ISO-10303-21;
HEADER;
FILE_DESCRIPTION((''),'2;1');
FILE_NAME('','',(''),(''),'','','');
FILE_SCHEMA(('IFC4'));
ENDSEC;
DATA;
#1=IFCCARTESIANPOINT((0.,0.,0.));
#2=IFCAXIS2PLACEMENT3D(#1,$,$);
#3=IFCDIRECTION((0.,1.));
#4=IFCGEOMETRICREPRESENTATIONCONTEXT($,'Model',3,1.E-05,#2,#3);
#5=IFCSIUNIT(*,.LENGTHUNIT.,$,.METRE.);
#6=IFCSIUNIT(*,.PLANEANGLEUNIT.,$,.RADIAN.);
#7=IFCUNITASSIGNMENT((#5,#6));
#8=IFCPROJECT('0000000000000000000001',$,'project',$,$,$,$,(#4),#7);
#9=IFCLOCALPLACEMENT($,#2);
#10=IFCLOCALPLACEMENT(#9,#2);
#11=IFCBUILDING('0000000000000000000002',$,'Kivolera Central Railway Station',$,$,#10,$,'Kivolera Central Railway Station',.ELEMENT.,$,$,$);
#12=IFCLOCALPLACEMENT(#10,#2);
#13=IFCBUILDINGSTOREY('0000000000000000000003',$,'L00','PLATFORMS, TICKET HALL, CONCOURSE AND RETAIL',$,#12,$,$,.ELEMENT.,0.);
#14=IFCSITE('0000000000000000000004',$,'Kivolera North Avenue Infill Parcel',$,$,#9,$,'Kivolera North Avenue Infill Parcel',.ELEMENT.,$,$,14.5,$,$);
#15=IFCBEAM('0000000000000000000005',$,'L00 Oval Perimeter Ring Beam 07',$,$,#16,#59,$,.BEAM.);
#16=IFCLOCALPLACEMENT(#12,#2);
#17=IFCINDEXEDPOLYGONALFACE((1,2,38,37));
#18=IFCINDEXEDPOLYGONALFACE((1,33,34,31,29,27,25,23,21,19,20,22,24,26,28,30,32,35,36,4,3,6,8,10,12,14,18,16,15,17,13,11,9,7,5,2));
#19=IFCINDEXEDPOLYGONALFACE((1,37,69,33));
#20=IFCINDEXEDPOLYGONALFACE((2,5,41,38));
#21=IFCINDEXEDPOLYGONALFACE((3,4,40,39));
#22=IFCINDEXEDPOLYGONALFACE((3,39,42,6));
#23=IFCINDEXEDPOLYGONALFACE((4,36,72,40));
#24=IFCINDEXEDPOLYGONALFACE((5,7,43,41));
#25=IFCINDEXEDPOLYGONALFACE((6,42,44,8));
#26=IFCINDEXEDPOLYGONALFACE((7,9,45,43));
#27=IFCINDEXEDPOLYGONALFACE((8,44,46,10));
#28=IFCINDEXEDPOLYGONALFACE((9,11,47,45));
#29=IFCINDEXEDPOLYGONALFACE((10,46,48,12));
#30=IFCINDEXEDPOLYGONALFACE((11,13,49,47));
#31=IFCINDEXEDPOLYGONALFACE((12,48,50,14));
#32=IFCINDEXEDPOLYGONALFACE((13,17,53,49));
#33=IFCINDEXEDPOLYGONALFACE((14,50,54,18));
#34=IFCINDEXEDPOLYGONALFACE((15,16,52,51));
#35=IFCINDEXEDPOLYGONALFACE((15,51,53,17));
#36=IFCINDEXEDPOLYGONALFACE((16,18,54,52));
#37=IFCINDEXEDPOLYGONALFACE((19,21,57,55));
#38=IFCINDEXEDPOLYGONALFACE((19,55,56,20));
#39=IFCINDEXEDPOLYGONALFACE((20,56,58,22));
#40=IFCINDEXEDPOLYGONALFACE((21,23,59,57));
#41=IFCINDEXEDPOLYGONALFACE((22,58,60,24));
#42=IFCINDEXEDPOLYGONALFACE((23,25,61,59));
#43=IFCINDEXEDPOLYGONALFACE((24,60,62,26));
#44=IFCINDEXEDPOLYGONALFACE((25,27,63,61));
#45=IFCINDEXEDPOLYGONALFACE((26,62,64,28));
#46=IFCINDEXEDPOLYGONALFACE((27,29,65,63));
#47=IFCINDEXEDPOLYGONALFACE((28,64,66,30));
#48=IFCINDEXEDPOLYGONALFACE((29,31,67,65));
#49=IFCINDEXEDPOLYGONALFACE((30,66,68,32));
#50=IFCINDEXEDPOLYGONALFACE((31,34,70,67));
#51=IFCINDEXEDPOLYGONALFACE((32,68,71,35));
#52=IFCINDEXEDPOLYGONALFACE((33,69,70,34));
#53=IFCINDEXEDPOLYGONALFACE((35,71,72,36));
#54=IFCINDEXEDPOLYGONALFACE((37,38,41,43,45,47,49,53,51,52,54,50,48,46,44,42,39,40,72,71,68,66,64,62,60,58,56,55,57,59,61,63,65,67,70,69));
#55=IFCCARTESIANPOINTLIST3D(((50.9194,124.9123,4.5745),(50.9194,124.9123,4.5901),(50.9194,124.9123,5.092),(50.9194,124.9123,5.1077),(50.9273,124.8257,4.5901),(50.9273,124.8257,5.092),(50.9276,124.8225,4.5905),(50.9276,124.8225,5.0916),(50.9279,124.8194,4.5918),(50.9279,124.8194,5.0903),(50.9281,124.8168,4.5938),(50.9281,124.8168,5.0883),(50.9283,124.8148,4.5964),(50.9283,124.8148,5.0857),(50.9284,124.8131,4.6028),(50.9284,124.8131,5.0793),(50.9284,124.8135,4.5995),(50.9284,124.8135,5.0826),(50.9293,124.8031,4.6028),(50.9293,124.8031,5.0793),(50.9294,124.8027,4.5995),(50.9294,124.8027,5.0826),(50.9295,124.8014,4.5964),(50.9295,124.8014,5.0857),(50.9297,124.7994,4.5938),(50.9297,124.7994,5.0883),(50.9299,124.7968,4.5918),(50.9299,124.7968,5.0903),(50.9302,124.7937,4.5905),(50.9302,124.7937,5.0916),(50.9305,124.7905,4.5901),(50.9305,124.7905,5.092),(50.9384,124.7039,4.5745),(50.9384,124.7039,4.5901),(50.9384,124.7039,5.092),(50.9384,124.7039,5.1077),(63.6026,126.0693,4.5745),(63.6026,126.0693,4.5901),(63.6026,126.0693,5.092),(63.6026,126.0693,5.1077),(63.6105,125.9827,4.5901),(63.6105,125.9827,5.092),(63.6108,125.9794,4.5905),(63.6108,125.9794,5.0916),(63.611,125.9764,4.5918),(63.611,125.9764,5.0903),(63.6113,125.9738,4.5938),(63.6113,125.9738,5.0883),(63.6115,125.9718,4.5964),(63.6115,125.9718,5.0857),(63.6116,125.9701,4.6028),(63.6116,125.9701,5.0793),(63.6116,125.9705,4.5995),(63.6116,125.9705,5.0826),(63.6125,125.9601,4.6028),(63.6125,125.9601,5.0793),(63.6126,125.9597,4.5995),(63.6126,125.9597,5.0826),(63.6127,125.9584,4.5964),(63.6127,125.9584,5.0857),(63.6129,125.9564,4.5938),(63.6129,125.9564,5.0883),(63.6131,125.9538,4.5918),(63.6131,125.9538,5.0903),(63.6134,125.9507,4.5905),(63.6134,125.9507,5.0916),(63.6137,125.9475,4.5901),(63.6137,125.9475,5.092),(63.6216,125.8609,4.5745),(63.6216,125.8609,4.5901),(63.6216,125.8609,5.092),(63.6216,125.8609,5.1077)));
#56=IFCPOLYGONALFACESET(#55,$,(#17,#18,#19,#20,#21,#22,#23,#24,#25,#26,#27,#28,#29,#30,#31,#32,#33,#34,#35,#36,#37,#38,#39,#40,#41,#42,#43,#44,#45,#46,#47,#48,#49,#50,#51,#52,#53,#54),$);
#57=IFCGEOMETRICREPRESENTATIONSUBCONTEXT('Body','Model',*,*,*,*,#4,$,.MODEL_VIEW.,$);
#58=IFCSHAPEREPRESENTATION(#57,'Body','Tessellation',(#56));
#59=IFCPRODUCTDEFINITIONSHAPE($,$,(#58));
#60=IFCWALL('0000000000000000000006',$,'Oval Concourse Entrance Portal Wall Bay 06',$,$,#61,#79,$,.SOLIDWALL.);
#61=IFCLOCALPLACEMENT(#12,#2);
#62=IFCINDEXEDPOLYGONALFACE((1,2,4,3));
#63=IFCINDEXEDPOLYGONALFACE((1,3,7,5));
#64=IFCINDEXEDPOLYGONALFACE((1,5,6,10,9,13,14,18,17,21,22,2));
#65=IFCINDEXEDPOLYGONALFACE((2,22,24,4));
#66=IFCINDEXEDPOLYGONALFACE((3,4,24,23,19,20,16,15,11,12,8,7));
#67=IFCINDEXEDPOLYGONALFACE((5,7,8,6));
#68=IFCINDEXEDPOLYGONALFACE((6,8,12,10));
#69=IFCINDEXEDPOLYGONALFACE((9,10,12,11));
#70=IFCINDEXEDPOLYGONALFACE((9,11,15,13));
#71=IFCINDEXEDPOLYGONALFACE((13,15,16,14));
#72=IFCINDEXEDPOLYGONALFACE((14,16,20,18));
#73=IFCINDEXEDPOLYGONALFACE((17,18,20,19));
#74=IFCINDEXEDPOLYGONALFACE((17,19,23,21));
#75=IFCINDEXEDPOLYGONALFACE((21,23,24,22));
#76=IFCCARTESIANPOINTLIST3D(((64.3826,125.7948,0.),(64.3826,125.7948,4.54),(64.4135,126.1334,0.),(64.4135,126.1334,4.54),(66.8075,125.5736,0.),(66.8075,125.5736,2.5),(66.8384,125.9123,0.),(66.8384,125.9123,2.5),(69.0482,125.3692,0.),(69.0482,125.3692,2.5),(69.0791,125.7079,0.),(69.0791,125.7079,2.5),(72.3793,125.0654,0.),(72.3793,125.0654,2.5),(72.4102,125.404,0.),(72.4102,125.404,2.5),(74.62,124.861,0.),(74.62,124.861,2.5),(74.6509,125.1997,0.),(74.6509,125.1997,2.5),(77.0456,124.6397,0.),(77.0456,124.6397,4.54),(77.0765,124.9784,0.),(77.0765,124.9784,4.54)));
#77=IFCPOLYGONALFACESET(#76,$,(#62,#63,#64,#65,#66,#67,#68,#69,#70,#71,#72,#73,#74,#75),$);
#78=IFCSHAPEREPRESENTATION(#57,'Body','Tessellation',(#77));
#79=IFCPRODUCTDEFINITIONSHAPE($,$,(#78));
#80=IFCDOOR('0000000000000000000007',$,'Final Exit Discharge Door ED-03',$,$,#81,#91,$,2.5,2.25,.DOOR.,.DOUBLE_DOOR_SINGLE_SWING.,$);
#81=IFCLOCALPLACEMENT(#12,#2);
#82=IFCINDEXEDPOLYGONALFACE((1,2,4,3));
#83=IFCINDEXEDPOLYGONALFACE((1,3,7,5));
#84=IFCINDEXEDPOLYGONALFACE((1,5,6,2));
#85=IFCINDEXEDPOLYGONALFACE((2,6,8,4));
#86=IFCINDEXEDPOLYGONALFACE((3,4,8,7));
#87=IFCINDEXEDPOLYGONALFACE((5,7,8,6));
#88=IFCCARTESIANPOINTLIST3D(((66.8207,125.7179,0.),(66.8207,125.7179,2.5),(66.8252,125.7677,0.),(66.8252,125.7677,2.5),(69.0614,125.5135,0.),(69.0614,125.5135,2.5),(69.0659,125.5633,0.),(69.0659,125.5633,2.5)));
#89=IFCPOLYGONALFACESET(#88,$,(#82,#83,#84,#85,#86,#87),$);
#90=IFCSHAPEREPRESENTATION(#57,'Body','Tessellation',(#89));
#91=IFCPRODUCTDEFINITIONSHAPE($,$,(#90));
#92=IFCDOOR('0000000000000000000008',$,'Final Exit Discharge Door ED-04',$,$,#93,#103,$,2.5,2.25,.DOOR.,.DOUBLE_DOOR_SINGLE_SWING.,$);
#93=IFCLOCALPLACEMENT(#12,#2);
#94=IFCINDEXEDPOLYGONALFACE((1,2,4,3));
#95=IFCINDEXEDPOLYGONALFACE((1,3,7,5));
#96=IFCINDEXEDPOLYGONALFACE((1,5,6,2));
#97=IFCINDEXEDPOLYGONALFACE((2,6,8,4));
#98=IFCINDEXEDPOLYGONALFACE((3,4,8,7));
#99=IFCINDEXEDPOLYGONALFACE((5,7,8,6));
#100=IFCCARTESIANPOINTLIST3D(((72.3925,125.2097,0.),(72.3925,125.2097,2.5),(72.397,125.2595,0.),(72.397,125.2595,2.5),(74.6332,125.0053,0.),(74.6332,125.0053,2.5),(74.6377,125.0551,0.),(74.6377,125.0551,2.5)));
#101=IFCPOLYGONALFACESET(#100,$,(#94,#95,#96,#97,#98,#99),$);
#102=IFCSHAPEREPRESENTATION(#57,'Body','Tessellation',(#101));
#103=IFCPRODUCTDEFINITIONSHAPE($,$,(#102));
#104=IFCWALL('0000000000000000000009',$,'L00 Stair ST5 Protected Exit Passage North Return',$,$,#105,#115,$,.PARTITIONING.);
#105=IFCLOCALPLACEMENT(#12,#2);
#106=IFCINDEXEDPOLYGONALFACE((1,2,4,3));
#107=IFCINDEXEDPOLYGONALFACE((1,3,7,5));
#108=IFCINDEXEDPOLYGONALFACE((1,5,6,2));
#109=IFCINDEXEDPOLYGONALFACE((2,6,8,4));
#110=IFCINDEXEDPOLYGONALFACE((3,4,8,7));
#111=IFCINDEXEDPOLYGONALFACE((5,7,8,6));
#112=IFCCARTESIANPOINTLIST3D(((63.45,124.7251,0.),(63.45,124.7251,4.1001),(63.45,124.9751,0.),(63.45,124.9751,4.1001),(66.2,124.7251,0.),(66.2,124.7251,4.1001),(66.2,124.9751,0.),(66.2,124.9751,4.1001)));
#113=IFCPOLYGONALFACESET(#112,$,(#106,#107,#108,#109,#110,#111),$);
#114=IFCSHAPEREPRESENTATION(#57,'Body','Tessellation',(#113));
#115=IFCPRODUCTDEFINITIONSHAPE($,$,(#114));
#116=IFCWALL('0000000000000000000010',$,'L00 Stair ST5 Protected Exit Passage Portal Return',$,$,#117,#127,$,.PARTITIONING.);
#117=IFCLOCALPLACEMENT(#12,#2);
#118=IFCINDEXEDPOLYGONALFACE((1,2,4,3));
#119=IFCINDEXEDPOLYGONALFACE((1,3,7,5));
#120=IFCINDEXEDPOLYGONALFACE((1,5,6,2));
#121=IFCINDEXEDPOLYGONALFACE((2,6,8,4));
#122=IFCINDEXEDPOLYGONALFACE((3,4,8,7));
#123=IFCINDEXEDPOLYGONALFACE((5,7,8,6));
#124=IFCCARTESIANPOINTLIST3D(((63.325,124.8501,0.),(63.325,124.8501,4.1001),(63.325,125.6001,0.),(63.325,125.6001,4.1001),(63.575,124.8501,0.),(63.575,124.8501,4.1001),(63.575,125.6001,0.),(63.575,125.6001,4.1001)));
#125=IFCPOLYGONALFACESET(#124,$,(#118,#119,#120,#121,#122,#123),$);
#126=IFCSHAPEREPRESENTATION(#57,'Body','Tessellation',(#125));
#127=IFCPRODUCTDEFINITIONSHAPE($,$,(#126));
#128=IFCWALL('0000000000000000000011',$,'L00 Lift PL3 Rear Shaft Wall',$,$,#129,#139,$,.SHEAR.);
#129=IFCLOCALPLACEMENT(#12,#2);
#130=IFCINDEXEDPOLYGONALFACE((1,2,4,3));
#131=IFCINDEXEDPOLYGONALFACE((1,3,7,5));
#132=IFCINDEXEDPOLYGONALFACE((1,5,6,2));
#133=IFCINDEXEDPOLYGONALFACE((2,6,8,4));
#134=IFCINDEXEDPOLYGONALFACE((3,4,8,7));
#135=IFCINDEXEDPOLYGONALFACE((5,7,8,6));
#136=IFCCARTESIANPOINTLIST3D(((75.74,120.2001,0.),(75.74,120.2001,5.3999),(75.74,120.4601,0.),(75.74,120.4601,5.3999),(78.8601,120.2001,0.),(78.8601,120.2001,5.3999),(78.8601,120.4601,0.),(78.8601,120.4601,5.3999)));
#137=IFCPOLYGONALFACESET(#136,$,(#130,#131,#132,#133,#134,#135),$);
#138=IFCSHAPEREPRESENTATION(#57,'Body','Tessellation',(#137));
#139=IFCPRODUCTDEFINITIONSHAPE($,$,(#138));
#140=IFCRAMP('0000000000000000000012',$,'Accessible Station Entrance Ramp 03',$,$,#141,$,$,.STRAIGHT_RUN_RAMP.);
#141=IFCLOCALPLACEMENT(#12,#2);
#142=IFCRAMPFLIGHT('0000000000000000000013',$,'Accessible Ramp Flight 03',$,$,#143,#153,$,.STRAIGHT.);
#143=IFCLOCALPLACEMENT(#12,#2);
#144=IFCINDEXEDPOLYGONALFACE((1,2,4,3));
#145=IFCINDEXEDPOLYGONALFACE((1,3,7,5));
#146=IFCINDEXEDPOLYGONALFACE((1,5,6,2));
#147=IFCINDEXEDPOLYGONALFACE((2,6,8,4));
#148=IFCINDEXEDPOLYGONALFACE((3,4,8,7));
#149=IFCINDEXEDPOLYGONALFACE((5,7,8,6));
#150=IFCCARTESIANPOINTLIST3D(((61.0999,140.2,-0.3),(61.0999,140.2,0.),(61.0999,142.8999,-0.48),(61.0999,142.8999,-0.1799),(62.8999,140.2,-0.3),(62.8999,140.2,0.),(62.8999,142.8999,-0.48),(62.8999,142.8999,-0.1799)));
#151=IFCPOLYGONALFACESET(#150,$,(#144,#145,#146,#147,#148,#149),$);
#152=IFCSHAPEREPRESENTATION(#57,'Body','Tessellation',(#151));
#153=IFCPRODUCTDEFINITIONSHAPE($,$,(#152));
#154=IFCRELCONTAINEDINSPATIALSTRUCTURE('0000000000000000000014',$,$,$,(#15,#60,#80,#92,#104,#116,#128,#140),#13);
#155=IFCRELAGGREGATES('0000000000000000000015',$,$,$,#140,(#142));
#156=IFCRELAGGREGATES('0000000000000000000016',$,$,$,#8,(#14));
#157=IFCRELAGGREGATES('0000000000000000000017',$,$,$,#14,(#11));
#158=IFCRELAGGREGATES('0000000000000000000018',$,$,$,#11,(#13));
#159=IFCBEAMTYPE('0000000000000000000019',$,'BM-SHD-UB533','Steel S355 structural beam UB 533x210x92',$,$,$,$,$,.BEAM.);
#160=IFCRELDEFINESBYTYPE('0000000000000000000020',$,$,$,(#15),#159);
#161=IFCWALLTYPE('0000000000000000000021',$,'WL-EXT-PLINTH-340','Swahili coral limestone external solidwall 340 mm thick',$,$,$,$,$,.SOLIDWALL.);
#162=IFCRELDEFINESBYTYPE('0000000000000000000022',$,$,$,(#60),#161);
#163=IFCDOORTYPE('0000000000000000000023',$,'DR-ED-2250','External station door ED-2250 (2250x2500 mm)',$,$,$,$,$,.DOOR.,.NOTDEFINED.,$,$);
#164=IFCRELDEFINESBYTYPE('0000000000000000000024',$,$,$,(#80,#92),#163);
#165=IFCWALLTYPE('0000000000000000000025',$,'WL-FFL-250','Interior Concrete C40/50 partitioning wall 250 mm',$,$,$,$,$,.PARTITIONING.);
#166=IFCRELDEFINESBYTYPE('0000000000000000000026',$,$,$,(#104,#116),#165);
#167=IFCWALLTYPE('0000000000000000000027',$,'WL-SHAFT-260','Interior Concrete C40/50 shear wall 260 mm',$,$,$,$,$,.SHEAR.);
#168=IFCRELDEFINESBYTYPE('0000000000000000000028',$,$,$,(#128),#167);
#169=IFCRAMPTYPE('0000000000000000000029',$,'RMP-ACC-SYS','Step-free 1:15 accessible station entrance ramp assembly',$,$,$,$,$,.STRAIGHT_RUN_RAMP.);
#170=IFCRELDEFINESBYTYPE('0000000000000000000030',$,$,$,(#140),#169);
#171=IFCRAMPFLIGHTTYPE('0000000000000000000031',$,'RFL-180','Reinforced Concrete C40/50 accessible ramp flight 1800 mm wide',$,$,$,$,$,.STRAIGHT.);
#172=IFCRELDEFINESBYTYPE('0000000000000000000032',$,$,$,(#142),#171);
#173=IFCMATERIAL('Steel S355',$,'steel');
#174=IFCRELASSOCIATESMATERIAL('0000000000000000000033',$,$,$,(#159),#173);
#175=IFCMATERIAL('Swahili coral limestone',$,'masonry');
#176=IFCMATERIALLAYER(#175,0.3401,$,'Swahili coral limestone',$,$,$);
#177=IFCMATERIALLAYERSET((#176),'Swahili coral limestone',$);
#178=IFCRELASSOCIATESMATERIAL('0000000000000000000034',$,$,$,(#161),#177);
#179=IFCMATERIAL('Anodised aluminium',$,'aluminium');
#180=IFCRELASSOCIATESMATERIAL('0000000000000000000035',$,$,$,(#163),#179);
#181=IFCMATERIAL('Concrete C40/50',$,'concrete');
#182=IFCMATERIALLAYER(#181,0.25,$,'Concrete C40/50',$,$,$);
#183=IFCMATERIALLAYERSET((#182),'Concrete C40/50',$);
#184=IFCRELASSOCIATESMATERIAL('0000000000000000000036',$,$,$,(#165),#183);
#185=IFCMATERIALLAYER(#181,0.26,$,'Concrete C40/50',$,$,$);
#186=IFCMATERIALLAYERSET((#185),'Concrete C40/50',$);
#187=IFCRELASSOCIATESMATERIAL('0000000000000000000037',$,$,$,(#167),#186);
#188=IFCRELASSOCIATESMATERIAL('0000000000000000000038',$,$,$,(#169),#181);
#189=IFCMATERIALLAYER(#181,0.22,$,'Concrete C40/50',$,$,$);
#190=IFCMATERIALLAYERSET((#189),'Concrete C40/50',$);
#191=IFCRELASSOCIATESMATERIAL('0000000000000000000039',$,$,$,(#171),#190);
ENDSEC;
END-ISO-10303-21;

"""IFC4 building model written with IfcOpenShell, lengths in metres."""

from ifc_helpers import new_model, si_unit, direction, frame, frame_2d, origin, origin_2d, place, context, subcontext, project, spatial, polyline, rectangle, i_section, outline, extrude, material, layer, layer_set, material_profile, profile_set, type_object, element, fill, aggregate, save


model = new_model("IFC4")

# Units and contexts
model_context = context("Model", 3, precision=1e-05, world=origin(), true_north=direction((0.0, 1.0)))
body_context = subcontext(model_context, "Body", "Model", "MODEL_VIEW")
ifc_project = project(units=[si_unit("LENGTHUNIT", "METRE"), si_unit("PLANEANGLEUNIT", "RADIAN")], contexts=[model_context])

# Site, building, storey
site_placement = place(None, origin())
site = spatial("IfcSite", under=ifc_project, at=site_placement, Name="Kivolera North Avenue Infill Parcel", LongName="Kivolera North Avenue Infill Parcel", CompositionType="ELEMENT", RefElevation=14.5)
building_placement = place(site_placement, origin())
building = spatial("IfcBuilding", under=site, at=building_placement, Name="Kivolera Central Railway Station", LongName="Kivolera Central Railway Station", CompositionType="ELEMENT")
storey_placement = place(building_placement, origin())
storey = spatial("IfcBuildingStorey", under=building, at=storey_placement, Name="L00", Description="PLATFORMS, TICKET HALL, CONCOURSE AND RETAIL", CompositionType="ELEMENT", Elevation=0.0)

# Shared definitions
ifc_material_1 = material(Name="Concrete C40/50", Category="concrete")
ifc_material_2 = material(Name="Steel S355", Category="steel")

# Beam
ifc_material_profile_1 = material_profile(ifc_material_2, i_section(OverallWidth=0.2092, OverallDepth=0.5332, WebThickness=0.01, FlangeThickness=0.0156, FilletRadius=0.0127, at=origin_2d()), Name="UB 533x210x92")
ifc_profile_set_1 = profile_set([ifc_material_profile_1], Name="Steel S355")
beam_type_1 = type_object("IfcBeamType", Name="BM-SHD-UB533", Description="Steel S355 structural beam UB 533x210x92", PredefinedType="BEAM", material=ifc_profile_set_1)
for number, where, z_axis, x_axis, name in (
    (1, (63.6121, 125.9651, 4.8411), (-0.995865, -0.090845, 0.0), (0.090845, -0.995865, 0.0), "L00 Oval Perimeter Ring Beam 07"),
):
    element("IfcBeam", number, at=place(storey_placement, frame(where, z_axis=z_axis, x_axis=x_axis)), inside=storey, type_object=beam_type_1, Name=name, PredefinedType="BEAM", context=body_context, shape_type="SweptSolid", body=[
        extrude(i_section(OverallWidth=0.2092, OverallDepth=0.5332, WebThickness=0.01, FlangeThickness=0.0156, FilletRadius=0.0127, at=origin_2d()), origin(), (0.0, 0.0, 1.0), 12.7358),
    ])

# Wall, openings, doors
ifc_material_3 = material(Name="Swahili coral limestone", Category="masonry")
ifc_layer_1 = layer(ifc_material_3, 0.3401, Name="Swahili coral limestone")
ifc_layer_set_1 = layer_set([ifc_layer_1], Name="Swahili coral limestone")
wall_type_1 = type_object("IfcWallType", Name="WL-EXT-PLINTH-340", Description="Swahili coral limestone external solidwall 340 mm thick", PredefinedType="SOLIDWALL", material=ifc_layer_set_1)
wall_1_placement = place(storey_placement, frame((64.3979, 125.9641, 0.0), z_axis=(0.0, 0.0, 1.0), x_axis=(0.995866, -0.090835, 0.0)))
wall_1 = element("IfcWall", 2, at=wall_1_placement, inside=storey, type_object=wall_type_1, Name="Oval Concourse Entrance Portal Wall Bay 06", PredefinedType="SOLIDWALL", context=body_context, shape_type="SweptSolid", body=[
    extrude(rectangle(XDim=12.7156, YDim=0.3401, at=frame_2d((6.3579, 0.0))), origin(), (0.0, 0.0, 1.0), 4.54),
])
opening_1_placement = place(wall_1_placement, frame((2.4351, 0.0, 0.0)))
opening_1 = element("IfcOpeningElement", 3, at=opening_1_placement, cuts=wall_1, PredefinedType="OPENING", context=body_context, shape_type="SweptSolid", body=[
    extrude(rectangle(XDim=2.25, YDim=2.5, at=frame_2d((1.125, 1.25))), frame((0.0, 0.1799, 0.0), z_axis=(0.0, -1.0, 0.0), x_axis=(1.0, 0.0, 0.0)), (0.0, 0.0, 1.0), 0.3601),
])
opening_2_placement = place(wall_1_placement, frame((8.03, 0.0, 0.0)))
opening_2 = element("IfcOpeningElement", 4, at=opening_2_placement, cuts=wall_1, PredefinedType="OPENING", context=body_context, shape_type="SweptSolid", body=[
    extrude(rectangle(XDim=2.25, YDim=2.5, at=frame_2d((1.125, 1.25))), frame((0.0, 0.1799, 0.0), z_axis=(0.0, -1.0, 0.0), x_axis=(1.0, 0.0, 0.0)), (0.0, 0.0, 1.0), 0.3601),
])
ifc_material_4 = material(Name="Anodised aluminium", Category="aluminium")
door_type = type_object("IfcDoorType", Name="DR-ED-2250", Description="External station door ED-2250 (2250x2500 mm)", OperationType="NOTDEFINED", PredefinedType="DOOR", material=ifc_material_4)
door_1_placement = place(opening_1_placement, origin())
door_1 = element("IfcDoor", 5, at=door_1_placement, inside=storey, type_object=door_type, Name="Final Exit Discharge Door ED-03", OperationType="DOUBLE_DOOR_SINGLE_SWING", OverallHeight=2.5, OverallWidth=2.25, PredefinedType="DOOR", context=body_context, shape_type="SweptSolid", body=[
    extrude(rectangle(XDim=2.25, YDim=2.5, at=frame_2d((1.125, 1.25))), frame((0.0, 0.0249, 0.0), z_axis=(0.0, -1.0, 0.0), x_axis=(1.0, 0.0, 0.0)), (0.0, 0.0, 1.0), 0.05),
])
fill(opening_1, door_1)
door_2_placement = place(opening_2_placement, origin())
door_2 = element("IfcDoor", 6, at=door_2_placement, inside=storey, type_object=door_type, Name="Final Exit Discharge Door ED-04", OperationType="DOUBLE_DOOR_SINGLE_SWING", OverallHeight=2.5, OverallWidth=2.25, PredefinedType="DOOR", context=body_context, shape_type="SweptSolid", body=[
    extrude(rectangle(XDim=2.25, YDim=2.5, at=frame_2d((1.125, 1.25))), frame((0.0, 0.0249, 0.0), z_axis=(0.0, -1.0, 0.0), x_axis=(1.0, 0.0, 0.0)), (0.0, 0.0, 1.0), 0.05),
])
fill(opening_2, door_2)

# Walls
ifc_layer_2 = layer(ifc_material_1, 0.25, Name="Concrete C40/50")
ifc_layer_set_2 = layer_set([ifc_layer_2], Name="Concrete C40/50")
wall_type_2 = type_object("IfcWallType", Name="WL-FFL-250", Description="Interior Concrete C40/50 partitioning wall 250 mm", PredefinedType="PARTITIONING", material=ifc_layer_set_2)
wall_2_placement = place(storey_placement, frame((63.45, 124.8501, 0.0), z_axis=(0.0, 0.0, 1.0), x_axis=(1.0, 0.0, 0.0)))
element("IfcWall", 7, at=wall_2_placement, inside=storey, type_object=wall_type_2, Name="L00 Stair ST5 Protected Exit Passage North Return", PredefinedType="PARTITIONING", context=body_context, shape_type="SweptSolid", body=[
    extrude(rectangle(XDim=2.75, YDim=0.25, at=frame_2d((1.375, 0.0))), origin(), (0.0, 0.0, 1.0), 4.1001),
])
wall_3_placement = place(storey_placement, frame((63.45, 124.8501, 0.0), z_axis=(0.0, 0.0, 1.0), x_axis=(0.0, 1.0, 0.0)))
element("IfcWall", 8, at=wall_3_placement, inside=storey, type_object=wall_type_2, Name="L00 Stair ST5 Protected Exit Passage Portal Return", PredefinedType="PARTITIONING", context=body_context, shape_type="SweptSolid", body=[
    extrude(rectangle(XDim=0.75, YDim=0.25, at=frame_2d((0.375, 0.0))), origin(), (0.0, 0.0, 1.0), 4.1001),
])
ifc_layer_3 = layer(ifc_material_1, 0.26, Name="Concrete C40/50")
ifc_layer_set_3 = layer_set([ifc_layer_3], Name="Concrete C40/50")
wall_type_3 = type_object("IfcWallType", Name="WL-SHAFT-260", Description="Interior Concrete C40/50 shear wall 260 mm", PredefinedType="SHEAR", material=ifc_layer_set_3)
wall_4_placement = place(storey_placement, frame((75.74, 120.3301, 0.0), z_axis=(0.0, 0.0, 1.0), x_axis=(1.0, 0.0, 0.0)))
element("IfcWall", 9, at=wall_4_placement, inside=storey, type_object=wall_type_3, Name="L00 Lift PL3 Rear Shaft Wall", PredefinedType="SHEAR", context=body_context, shape_type="SweptSolid", body=[
    extrude(rectangle(XDim=3.1201, YDim=0.26, at=frame_2d((1.5601, 0.0))), origin(), (0.0, 0.0, 1.0), 5.3999),
])

# Ramp, ramp flight
ramp_type = type_object("IfcRampType", Name="RMP-ACC-SYS", Description="Step-free 1:15 accessible station entrance ramp assembly", PredefinedType="STRAIGHT_RUN_RAMP", material=ifc_material_1)
ramp_placement = place(storey_placement, origin())
ramp = element("IfcRamp", 10, at=ramp_placement, inside=storey, type_object=ramp_type, Name="Accessible Station Entrance Ramp 03", PredefinedType="STRAIGHT_RUN_RAMP")
ifc_layer_4 = layer(ifc_material_1, 0.22, Name="Concrete C40/50")
ifc_layer_set_4 = layer_set([ifc_layer_4], Name="Concrete C40/50")
ramp_flight_type = type_object("IfcRampFlightType", Name="RFL-180", Description="Reinforced Concrete C40/50 accessible ramp flight 1800 mm wide", PredefinedType="STRAIGHT", material=ifc_layer_set_4)
ramp_flight_placement = place(storey_placement, frame((62.0, 142.8999, -0.1799), z_axis=(0.0, 0.0, 1.0), x_axis=(0.0, -1.0, 0.0)))
ramp_flight = element("IfcRampFlight", 11, at=ramp_flight_placement, type_object=ramp_flight_type, Name="Accessible Ramp Flight 03", PredefinedType="STRAIGHT", context=body_context, shape_type="SweptSolid", body=[
    extrude(outline(polyline([(0.0, -0.3), (2.7, -0.1201), (2.7, 0.1799), (0.0, 0.0), (0.0, -0.3)])), frame((0.0, 0.8999, 0.0), z_axis=(0.0, -1.0, 0.0), x_axis=(1.0, 0.0, 0.0)), (0.0, 0.0, 1.0), 1.8),
])
aggregate(ramp, [ramp_flight])

save(model, "model.ifc")
